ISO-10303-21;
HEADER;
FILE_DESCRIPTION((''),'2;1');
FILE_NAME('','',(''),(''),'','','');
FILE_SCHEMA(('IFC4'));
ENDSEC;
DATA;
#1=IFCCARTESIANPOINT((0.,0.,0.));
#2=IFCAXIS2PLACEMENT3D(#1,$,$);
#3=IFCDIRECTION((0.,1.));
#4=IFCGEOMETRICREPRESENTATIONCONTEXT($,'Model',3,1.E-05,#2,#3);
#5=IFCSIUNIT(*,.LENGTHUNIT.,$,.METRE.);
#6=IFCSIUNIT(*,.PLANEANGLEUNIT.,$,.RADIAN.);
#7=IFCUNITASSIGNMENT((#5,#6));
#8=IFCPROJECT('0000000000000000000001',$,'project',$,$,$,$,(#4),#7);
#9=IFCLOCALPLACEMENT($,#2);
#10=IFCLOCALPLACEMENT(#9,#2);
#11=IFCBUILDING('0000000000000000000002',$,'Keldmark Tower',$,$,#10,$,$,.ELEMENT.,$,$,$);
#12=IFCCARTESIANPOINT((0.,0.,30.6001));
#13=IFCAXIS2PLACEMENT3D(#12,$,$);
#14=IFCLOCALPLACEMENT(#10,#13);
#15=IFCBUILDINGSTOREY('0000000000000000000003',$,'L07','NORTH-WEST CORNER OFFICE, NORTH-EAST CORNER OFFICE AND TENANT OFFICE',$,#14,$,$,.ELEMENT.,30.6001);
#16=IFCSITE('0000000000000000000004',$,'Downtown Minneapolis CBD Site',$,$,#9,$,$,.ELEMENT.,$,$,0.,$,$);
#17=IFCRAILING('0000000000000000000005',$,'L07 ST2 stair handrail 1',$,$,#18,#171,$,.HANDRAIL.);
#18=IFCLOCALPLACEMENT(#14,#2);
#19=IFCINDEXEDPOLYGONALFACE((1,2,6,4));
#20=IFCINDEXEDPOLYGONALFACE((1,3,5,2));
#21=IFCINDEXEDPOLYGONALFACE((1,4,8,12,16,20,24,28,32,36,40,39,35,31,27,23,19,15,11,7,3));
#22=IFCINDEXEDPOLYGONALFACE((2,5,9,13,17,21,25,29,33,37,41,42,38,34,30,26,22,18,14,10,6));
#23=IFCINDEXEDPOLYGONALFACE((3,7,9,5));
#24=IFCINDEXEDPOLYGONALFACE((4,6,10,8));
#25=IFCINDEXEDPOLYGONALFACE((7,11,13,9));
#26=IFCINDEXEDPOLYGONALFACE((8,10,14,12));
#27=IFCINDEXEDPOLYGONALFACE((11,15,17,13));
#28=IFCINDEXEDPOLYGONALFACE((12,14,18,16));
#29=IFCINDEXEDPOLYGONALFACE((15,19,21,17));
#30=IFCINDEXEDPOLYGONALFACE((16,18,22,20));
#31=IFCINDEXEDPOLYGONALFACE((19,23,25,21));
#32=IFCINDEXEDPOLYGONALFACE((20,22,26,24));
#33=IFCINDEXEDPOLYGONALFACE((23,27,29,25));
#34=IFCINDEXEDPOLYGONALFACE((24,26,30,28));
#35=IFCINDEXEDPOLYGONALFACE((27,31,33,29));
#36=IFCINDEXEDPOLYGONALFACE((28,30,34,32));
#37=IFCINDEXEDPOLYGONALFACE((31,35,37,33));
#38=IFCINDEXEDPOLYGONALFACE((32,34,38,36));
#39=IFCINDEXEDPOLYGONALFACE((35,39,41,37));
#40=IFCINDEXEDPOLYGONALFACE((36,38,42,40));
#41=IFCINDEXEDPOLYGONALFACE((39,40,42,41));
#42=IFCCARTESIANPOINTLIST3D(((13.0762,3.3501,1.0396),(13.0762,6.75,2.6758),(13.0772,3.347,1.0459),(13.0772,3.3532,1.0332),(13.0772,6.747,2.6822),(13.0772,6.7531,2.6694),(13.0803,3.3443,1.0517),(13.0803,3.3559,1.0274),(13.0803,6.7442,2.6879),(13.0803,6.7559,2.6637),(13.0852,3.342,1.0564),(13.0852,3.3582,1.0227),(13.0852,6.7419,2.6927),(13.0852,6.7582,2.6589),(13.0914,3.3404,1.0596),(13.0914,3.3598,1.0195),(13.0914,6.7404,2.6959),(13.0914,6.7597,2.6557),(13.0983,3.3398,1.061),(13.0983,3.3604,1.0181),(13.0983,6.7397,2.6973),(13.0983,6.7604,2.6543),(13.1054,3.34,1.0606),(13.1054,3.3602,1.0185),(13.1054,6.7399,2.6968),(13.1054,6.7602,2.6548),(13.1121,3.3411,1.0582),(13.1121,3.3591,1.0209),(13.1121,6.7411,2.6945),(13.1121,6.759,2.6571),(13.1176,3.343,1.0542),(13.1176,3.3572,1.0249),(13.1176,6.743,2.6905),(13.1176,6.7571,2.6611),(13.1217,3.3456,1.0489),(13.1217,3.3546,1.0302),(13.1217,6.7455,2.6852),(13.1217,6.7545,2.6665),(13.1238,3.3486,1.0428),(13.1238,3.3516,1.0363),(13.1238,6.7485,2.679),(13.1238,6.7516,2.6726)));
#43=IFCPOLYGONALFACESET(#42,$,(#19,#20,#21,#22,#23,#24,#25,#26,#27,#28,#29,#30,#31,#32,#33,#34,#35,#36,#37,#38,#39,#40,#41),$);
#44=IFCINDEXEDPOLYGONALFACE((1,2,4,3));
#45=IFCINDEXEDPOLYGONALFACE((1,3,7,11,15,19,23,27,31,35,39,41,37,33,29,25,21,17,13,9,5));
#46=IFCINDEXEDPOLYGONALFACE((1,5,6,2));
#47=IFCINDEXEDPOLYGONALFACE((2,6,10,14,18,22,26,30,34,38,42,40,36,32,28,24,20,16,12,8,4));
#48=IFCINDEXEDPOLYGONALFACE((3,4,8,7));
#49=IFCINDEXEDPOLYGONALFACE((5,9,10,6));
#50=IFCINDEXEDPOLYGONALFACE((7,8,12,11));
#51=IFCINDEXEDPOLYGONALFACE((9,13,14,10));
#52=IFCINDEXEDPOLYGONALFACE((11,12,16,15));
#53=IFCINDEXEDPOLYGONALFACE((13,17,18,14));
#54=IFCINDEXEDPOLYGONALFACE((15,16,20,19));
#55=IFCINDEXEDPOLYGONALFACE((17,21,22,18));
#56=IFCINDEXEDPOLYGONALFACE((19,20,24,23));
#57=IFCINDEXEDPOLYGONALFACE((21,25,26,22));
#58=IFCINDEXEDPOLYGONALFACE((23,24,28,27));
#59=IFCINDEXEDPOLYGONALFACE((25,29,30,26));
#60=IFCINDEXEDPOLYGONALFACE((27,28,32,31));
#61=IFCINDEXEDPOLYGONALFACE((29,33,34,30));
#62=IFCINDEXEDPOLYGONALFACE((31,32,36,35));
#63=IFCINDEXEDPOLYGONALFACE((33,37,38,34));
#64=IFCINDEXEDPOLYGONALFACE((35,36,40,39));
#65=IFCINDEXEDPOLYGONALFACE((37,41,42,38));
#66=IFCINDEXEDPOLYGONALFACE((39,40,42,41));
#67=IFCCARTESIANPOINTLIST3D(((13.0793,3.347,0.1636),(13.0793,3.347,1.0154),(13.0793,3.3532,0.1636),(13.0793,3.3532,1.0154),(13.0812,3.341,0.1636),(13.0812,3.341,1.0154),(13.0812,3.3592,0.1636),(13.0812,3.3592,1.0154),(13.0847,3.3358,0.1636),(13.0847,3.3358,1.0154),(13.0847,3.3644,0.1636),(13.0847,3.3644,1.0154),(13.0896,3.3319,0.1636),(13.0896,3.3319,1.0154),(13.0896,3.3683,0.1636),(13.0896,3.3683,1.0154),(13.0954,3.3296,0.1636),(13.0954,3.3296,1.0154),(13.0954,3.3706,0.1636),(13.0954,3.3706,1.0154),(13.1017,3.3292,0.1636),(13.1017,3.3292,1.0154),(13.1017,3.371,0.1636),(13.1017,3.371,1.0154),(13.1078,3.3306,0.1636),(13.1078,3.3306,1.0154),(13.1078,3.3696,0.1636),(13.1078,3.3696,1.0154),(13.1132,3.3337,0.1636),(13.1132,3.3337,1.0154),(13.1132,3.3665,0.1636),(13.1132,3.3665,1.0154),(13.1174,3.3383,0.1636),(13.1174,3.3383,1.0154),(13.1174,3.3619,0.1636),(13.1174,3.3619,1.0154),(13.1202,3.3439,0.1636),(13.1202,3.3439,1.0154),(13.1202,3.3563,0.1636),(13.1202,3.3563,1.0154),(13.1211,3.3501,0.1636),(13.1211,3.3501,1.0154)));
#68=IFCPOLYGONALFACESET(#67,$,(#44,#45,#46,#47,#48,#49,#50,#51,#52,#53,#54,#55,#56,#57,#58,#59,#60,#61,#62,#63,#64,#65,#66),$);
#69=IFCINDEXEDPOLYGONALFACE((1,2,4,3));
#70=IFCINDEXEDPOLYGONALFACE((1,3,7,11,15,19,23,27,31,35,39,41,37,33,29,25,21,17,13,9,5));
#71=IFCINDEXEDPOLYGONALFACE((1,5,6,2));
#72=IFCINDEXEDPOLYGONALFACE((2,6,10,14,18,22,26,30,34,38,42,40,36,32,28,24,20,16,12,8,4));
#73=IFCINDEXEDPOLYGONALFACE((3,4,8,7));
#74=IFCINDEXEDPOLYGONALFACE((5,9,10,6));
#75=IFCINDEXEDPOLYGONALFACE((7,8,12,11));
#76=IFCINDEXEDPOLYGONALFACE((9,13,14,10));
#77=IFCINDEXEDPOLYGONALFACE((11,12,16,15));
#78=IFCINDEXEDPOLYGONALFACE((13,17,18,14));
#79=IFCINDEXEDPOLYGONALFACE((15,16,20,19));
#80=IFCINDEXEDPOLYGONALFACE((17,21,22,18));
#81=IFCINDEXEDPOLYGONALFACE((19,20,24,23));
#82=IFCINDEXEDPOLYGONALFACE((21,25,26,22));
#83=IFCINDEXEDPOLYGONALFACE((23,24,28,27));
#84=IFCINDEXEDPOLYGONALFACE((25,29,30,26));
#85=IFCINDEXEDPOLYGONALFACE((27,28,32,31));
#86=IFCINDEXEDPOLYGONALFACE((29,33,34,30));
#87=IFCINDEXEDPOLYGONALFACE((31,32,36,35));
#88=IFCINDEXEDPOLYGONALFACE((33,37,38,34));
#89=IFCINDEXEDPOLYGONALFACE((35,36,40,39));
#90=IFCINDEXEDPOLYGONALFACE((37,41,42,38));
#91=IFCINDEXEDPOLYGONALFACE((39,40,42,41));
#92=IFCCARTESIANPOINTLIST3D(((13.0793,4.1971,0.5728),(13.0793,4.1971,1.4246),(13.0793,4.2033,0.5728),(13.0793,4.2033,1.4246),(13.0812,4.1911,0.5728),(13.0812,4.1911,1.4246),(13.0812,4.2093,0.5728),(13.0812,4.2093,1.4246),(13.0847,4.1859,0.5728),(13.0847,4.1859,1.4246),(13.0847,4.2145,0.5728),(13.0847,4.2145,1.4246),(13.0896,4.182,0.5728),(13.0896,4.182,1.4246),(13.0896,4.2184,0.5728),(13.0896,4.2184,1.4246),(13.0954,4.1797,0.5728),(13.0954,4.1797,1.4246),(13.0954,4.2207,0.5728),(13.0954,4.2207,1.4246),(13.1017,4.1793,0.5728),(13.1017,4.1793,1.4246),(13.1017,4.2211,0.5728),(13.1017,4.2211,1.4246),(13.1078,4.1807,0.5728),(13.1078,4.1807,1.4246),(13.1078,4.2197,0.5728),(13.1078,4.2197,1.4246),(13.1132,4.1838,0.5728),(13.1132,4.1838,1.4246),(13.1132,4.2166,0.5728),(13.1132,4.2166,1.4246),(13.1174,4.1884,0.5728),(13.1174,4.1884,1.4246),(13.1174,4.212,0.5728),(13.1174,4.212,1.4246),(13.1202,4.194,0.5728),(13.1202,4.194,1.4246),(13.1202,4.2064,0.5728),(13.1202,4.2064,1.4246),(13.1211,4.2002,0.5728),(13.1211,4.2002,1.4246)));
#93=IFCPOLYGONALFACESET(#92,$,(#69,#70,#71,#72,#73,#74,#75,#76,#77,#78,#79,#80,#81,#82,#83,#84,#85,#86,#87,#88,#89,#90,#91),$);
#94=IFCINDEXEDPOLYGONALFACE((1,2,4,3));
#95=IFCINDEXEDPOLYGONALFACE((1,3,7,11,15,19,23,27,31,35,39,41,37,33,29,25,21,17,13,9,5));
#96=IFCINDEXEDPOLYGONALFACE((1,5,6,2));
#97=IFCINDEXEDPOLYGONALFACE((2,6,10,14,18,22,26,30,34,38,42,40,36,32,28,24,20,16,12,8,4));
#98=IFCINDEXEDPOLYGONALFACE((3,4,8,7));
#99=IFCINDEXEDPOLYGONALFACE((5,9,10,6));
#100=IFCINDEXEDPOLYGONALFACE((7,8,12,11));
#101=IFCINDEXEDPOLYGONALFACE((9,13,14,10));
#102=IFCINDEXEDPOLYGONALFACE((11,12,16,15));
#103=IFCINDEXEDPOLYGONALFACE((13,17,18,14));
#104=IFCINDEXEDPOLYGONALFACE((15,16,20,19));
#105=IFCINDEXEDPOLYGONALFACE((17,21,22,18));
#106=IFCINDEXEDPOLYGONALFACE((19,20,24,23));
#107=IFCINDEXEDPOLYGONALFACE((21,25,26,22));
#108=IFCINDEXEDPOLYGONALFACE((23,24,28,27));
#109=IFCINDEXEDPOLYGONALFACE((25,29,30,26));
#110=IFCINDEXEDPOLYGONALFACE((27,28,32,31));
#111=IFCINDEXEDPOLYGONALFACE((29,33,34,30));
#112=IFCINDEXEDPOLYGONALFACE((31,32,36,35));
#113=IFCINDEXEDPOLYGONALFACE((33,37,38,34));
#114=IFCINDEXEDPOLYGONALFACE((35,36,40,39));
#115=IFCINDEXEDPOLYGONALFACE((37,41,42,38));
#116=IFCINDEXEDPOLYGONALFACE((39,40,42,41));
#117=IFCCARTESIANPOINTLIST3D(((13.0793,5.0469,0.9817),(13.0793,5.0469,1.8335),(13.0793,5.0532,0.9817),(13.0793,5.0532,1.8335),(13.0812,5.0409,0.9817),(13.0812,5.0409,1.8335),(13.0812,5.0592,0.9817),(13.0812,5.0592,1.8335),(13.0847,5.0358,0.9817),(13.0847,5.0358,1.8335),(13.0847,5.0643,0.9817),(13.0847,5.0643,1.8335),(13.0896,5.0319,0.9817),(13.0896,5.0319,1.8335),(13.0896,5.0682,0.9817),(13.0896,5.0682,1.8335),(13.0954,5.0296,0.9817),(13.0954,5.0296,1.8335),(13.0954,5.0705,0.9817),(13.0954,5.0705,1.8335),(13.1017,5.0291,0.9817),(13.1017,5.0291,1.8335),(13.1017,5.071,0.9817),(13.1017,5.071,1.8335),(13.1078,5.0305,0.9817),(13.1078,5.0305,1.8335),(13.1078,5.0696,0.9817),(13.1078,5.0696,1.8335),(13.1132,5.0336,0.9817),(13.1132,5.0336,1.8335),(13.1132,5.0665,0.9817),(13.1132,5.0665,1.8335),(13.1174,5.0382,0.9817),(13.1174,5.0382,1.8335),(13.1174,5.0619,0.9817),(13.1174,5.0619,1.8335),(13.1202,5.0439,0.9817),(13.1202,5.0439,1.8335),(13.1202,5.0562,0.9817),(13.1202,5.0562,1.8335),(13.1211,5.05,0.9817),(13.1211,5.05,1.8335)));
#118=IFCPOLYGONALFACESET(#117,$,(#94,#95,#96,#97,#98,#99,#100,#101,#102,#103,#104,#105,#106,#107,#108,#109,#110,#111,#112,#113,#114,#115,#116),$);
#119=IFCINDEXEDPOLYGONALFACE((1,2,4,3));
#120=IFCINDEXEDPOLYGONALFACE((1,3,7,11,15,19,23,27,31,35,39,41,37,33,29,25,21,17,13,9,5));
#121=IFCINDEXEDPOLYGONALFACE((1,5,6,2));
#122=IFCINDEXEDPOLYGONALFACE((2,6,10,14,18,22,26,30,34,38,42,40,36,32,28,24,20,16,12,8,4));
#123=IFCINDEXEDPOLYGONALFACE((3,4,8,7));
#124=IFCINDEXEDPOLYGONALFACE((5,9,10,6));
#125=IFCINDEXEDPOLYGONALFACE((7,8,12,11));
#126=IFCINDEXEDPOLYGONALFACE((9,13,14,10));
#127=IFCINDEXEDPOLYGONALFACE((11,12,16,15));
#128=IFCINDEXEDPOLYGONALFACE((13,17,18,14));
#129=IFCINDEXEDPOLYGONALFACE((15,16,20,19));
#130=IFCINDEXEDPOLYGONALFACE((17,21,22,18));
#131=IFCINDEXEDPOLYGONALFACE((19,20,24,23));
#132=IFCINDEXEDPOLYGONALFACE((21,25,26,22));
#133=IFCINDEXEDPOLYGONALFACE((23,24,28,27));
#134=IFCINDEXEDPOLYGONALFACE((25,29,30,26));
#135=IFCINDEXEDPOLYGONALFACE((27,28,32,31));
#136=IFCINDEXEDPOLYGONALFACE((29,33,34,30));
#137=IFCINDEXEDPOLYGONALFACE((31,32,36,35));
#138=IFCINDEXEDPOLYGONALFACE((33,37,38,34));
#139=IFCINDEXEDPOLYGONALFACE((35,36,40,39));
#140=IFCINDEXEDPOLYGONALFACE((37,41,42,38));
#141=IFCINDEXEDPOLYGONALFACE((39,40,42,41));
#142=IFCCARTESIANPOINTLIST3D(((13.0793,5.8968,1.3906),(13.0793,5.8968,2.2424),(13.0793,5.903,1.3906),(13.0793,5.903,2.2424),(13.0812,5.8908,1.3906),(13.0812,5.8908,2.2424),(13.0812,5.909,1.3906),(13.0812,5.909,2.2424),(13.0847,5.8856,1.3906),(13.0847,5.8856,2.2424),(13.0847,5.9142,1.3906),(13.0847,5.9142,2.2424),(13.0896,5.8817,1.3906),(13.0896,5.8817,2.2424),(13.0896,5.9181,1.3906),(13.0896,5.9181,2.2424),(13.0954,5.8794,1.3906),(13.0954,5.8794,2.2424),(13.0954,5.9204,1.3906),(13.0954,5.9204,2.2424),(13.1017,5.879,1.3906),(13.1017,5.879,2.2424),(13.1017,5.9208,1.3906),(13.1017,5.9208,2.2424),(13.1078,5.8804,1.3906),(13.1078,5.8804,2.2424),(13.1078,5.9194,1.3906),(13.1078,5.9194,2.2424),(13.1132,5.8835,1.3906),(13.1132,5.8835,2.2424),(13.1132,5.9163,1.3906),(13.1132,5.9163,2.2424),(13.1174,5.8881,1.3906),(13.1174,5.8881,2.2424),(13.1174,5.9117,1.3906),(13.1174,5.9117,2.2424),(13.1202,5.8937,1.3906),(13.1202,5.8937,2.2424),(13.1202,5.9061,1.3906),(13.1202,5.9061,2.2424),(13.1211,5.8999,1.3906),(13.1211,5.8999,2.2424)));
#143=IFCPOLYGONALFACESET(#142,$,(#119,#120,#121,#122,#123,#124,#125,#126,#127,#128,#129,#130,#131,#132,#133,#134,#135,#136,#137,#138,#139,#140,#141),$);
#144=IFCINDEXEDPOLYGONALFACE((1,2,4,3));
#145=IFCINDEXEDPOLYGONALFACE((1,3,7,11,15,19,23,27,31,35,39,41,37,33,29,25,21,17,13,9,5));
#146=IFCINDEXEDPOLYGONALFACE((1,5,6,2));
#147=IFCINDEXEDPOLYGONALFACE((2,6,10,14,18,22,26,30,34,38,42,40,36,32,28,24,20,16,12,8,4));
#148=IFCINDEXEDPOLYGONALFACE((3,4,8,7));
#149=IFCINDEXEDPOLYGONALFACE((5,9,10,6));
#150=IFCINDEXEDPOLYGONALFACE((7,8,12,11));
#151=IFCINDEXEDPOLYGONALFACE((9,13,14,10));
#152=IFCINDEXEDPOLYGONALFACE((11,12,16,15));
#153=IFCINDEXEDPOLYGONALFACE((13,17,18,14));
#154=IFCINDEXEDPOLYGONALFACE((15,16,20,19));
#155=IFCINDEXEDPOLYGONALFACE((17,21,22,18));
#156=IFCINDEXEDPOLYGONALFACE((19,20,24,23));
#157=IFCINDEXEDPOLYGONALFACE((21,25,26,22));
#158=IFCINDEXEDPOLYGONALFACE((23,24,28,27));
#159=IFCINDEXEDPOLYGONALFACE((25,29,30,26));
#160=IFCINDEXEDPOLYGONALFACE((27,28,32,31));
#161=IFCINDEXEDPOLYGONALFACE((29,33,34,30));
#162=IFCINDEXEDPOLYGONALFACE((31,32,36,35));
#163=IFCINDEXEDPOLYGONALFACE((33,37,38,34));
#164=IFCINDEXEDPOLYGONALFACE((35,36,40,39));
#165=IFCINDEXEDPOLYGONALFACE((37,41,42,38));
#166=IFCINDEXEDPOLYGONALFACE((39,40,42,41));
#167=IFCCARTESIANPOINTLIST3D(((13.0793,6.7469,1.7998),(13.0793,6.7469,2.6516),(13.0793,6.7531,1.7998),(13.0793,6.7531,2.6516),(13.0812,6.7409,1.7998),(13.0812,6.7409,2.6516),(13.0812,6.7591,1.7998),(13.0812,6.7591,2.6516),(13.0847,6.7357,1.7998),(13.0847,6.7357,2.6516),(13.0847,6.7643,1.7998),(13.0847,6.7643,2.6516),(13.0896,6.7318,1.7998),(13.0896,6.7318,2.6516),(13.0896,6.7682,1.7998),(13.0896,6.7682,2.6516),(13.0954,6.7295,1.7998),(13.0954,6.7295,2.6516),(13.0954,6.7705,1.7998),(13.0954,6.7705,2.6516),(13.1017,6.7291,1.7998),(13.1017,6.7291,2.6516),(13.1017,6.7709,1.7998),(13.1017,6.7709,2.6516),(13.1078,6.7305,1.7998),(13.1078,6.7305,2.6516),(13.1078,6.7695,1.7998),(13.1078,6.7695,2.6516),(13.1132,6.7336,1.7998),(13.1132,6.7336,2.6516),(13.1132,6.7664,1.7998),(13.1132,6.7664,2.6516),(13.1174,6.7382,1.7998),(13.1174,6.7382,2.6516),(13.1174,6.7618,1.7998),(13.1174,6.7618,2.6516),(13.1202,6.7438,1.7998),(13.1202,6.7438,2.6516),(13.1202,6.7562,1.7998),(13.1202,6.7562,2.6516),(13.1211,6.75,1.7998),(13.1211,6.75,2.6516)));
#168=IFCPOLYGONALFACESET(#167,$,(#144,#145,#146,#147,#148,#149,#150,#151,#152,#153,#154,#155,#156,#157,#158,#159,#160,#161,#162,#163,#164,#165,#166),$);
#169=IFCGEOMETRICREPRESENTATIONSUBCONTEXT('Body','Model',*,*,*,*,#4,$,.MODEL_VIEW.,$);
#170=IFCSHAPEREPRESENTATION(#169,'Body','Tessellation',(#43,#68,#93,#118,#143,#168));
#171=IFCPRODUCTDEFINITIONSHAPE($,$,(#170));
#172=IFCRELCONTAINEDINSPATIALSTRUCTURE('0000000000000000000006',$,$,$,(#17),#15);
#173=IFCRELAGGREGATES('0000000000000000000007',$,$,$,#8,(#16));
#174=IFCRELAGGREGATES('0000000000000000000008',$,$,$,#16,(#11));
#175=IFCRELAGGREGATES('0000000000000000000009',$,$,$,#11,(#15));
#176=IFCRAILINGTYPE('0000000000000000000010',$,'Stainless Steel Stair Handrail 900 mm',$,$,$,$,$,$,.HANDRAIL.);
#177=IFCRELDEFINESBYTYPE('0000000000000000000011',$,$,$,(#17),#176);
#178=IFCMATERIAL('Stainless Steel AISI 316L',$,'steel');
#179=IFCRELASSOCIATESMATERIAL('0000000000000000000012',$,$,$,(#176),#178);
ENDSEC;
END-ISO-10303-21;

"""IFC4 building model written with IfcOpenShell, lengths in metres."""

from ifc_helpers import new_model, si_unit, direction, frame, origin, origin_2d, place, context, subcontext, project, spatial, circle, extrude, material, type_object, element, save


model = new_model("IFC4")

# Units and contexts
model_context = context("Model", 3, precision=1e-05, world=origin(), true_north=direction((0.0, 1.0)))
body_context = subcontext(model_context, "Body", "Model", "MODEL_VIEW")
ifc_project = project(units=[si_unit("LENGTHUNIT", "METRE"), si_unit("PLANEANGLEUNIT", "RADIAN")], contexts=[model_context])

# Site, building, storey
site_placement = place(None, origin())
site = spatial("IfcSite", under=ifc_project, at=site_placement, Name="Downtown Minneapolis CBD Site", CompositionType="ELEMENT", RefElevation=0.0)
building_placement = place(site_placement, origin())
building = spatial("IfcBuilding", under=site, at=building_placement, Name="Keldmark Tower", CompositionType="ELEMENT")
storey_placement = place(building_placement, frame((0.0, 0.0, 30.6001)))
storey = spatial("IfcBuildingStorey", under=building, at=storey_placement, Name="L07", Description="NORTH-WEST CORNER OFFICE, NORTH-EAST CORNER OFFICE AND TENANT OFFICE", CompositionType="ELEMENT", Elevation=30.6001)

# Railing
ifc_material_1 = material(Name="Stainless Steel AISI 316L", Category="steel")
railing_type_1 = type_object("IfcRailingType", Name="Stainless Steel Stair Handrail 900 mm", PredefinedType="HANDRAIL", material=ifc_material_1)
railing_1_placement = place(storey_placement, frame((13.1001, 3.3501, 0.1636)))
element("IfcRailing", 1, at=railing_1_placement, inside=storey, type_object=railing_type_1, Name="L07 ST2 stair handrail 1", PredefinedType="HANDRAIL", context=body_context, shape_type="SweptSolid", body=[
    extrude(circle(Radius=0.0239, at=origin_2d()), frame((0.0, 0.0, 0.876), z_axis=(0.0, 0.90108, 0.433652), x_axis=(-1.0, 0.0, 0.0)), (0.0, 0.0, 1.0), 3.7732),
    extrude(circle(Radius=0.021, at=origin_2d()), origin(), (0.0, 0.0, 1.0), 0.8518),
    extrude(circle(Radius=0.021, at=origin_2d()), frame((0.0, 0.8501, 0.4092)), (0.0, 0.0, 1.0), 0.8518),
    extrude(circle(Radius=0.021, at=origin_2d()), frame((0.0, 1.7, 0.8181)), (0.0, 0.0, 1.0), 0.8518),
    extrude(circle(Radius=0.021, at=origin_2d()), frame((0.0, 2.5498, 1.2271)), (0.0, 0.0, 1.0), 0.8518),
    extrude(circle(Radius=0.021, at=origin_2d()), frame((0.0, 3.3999, 1.6362)), (0.0, 0.0, 1.0), 0.8518),
])

save(model, "model.ifc")
